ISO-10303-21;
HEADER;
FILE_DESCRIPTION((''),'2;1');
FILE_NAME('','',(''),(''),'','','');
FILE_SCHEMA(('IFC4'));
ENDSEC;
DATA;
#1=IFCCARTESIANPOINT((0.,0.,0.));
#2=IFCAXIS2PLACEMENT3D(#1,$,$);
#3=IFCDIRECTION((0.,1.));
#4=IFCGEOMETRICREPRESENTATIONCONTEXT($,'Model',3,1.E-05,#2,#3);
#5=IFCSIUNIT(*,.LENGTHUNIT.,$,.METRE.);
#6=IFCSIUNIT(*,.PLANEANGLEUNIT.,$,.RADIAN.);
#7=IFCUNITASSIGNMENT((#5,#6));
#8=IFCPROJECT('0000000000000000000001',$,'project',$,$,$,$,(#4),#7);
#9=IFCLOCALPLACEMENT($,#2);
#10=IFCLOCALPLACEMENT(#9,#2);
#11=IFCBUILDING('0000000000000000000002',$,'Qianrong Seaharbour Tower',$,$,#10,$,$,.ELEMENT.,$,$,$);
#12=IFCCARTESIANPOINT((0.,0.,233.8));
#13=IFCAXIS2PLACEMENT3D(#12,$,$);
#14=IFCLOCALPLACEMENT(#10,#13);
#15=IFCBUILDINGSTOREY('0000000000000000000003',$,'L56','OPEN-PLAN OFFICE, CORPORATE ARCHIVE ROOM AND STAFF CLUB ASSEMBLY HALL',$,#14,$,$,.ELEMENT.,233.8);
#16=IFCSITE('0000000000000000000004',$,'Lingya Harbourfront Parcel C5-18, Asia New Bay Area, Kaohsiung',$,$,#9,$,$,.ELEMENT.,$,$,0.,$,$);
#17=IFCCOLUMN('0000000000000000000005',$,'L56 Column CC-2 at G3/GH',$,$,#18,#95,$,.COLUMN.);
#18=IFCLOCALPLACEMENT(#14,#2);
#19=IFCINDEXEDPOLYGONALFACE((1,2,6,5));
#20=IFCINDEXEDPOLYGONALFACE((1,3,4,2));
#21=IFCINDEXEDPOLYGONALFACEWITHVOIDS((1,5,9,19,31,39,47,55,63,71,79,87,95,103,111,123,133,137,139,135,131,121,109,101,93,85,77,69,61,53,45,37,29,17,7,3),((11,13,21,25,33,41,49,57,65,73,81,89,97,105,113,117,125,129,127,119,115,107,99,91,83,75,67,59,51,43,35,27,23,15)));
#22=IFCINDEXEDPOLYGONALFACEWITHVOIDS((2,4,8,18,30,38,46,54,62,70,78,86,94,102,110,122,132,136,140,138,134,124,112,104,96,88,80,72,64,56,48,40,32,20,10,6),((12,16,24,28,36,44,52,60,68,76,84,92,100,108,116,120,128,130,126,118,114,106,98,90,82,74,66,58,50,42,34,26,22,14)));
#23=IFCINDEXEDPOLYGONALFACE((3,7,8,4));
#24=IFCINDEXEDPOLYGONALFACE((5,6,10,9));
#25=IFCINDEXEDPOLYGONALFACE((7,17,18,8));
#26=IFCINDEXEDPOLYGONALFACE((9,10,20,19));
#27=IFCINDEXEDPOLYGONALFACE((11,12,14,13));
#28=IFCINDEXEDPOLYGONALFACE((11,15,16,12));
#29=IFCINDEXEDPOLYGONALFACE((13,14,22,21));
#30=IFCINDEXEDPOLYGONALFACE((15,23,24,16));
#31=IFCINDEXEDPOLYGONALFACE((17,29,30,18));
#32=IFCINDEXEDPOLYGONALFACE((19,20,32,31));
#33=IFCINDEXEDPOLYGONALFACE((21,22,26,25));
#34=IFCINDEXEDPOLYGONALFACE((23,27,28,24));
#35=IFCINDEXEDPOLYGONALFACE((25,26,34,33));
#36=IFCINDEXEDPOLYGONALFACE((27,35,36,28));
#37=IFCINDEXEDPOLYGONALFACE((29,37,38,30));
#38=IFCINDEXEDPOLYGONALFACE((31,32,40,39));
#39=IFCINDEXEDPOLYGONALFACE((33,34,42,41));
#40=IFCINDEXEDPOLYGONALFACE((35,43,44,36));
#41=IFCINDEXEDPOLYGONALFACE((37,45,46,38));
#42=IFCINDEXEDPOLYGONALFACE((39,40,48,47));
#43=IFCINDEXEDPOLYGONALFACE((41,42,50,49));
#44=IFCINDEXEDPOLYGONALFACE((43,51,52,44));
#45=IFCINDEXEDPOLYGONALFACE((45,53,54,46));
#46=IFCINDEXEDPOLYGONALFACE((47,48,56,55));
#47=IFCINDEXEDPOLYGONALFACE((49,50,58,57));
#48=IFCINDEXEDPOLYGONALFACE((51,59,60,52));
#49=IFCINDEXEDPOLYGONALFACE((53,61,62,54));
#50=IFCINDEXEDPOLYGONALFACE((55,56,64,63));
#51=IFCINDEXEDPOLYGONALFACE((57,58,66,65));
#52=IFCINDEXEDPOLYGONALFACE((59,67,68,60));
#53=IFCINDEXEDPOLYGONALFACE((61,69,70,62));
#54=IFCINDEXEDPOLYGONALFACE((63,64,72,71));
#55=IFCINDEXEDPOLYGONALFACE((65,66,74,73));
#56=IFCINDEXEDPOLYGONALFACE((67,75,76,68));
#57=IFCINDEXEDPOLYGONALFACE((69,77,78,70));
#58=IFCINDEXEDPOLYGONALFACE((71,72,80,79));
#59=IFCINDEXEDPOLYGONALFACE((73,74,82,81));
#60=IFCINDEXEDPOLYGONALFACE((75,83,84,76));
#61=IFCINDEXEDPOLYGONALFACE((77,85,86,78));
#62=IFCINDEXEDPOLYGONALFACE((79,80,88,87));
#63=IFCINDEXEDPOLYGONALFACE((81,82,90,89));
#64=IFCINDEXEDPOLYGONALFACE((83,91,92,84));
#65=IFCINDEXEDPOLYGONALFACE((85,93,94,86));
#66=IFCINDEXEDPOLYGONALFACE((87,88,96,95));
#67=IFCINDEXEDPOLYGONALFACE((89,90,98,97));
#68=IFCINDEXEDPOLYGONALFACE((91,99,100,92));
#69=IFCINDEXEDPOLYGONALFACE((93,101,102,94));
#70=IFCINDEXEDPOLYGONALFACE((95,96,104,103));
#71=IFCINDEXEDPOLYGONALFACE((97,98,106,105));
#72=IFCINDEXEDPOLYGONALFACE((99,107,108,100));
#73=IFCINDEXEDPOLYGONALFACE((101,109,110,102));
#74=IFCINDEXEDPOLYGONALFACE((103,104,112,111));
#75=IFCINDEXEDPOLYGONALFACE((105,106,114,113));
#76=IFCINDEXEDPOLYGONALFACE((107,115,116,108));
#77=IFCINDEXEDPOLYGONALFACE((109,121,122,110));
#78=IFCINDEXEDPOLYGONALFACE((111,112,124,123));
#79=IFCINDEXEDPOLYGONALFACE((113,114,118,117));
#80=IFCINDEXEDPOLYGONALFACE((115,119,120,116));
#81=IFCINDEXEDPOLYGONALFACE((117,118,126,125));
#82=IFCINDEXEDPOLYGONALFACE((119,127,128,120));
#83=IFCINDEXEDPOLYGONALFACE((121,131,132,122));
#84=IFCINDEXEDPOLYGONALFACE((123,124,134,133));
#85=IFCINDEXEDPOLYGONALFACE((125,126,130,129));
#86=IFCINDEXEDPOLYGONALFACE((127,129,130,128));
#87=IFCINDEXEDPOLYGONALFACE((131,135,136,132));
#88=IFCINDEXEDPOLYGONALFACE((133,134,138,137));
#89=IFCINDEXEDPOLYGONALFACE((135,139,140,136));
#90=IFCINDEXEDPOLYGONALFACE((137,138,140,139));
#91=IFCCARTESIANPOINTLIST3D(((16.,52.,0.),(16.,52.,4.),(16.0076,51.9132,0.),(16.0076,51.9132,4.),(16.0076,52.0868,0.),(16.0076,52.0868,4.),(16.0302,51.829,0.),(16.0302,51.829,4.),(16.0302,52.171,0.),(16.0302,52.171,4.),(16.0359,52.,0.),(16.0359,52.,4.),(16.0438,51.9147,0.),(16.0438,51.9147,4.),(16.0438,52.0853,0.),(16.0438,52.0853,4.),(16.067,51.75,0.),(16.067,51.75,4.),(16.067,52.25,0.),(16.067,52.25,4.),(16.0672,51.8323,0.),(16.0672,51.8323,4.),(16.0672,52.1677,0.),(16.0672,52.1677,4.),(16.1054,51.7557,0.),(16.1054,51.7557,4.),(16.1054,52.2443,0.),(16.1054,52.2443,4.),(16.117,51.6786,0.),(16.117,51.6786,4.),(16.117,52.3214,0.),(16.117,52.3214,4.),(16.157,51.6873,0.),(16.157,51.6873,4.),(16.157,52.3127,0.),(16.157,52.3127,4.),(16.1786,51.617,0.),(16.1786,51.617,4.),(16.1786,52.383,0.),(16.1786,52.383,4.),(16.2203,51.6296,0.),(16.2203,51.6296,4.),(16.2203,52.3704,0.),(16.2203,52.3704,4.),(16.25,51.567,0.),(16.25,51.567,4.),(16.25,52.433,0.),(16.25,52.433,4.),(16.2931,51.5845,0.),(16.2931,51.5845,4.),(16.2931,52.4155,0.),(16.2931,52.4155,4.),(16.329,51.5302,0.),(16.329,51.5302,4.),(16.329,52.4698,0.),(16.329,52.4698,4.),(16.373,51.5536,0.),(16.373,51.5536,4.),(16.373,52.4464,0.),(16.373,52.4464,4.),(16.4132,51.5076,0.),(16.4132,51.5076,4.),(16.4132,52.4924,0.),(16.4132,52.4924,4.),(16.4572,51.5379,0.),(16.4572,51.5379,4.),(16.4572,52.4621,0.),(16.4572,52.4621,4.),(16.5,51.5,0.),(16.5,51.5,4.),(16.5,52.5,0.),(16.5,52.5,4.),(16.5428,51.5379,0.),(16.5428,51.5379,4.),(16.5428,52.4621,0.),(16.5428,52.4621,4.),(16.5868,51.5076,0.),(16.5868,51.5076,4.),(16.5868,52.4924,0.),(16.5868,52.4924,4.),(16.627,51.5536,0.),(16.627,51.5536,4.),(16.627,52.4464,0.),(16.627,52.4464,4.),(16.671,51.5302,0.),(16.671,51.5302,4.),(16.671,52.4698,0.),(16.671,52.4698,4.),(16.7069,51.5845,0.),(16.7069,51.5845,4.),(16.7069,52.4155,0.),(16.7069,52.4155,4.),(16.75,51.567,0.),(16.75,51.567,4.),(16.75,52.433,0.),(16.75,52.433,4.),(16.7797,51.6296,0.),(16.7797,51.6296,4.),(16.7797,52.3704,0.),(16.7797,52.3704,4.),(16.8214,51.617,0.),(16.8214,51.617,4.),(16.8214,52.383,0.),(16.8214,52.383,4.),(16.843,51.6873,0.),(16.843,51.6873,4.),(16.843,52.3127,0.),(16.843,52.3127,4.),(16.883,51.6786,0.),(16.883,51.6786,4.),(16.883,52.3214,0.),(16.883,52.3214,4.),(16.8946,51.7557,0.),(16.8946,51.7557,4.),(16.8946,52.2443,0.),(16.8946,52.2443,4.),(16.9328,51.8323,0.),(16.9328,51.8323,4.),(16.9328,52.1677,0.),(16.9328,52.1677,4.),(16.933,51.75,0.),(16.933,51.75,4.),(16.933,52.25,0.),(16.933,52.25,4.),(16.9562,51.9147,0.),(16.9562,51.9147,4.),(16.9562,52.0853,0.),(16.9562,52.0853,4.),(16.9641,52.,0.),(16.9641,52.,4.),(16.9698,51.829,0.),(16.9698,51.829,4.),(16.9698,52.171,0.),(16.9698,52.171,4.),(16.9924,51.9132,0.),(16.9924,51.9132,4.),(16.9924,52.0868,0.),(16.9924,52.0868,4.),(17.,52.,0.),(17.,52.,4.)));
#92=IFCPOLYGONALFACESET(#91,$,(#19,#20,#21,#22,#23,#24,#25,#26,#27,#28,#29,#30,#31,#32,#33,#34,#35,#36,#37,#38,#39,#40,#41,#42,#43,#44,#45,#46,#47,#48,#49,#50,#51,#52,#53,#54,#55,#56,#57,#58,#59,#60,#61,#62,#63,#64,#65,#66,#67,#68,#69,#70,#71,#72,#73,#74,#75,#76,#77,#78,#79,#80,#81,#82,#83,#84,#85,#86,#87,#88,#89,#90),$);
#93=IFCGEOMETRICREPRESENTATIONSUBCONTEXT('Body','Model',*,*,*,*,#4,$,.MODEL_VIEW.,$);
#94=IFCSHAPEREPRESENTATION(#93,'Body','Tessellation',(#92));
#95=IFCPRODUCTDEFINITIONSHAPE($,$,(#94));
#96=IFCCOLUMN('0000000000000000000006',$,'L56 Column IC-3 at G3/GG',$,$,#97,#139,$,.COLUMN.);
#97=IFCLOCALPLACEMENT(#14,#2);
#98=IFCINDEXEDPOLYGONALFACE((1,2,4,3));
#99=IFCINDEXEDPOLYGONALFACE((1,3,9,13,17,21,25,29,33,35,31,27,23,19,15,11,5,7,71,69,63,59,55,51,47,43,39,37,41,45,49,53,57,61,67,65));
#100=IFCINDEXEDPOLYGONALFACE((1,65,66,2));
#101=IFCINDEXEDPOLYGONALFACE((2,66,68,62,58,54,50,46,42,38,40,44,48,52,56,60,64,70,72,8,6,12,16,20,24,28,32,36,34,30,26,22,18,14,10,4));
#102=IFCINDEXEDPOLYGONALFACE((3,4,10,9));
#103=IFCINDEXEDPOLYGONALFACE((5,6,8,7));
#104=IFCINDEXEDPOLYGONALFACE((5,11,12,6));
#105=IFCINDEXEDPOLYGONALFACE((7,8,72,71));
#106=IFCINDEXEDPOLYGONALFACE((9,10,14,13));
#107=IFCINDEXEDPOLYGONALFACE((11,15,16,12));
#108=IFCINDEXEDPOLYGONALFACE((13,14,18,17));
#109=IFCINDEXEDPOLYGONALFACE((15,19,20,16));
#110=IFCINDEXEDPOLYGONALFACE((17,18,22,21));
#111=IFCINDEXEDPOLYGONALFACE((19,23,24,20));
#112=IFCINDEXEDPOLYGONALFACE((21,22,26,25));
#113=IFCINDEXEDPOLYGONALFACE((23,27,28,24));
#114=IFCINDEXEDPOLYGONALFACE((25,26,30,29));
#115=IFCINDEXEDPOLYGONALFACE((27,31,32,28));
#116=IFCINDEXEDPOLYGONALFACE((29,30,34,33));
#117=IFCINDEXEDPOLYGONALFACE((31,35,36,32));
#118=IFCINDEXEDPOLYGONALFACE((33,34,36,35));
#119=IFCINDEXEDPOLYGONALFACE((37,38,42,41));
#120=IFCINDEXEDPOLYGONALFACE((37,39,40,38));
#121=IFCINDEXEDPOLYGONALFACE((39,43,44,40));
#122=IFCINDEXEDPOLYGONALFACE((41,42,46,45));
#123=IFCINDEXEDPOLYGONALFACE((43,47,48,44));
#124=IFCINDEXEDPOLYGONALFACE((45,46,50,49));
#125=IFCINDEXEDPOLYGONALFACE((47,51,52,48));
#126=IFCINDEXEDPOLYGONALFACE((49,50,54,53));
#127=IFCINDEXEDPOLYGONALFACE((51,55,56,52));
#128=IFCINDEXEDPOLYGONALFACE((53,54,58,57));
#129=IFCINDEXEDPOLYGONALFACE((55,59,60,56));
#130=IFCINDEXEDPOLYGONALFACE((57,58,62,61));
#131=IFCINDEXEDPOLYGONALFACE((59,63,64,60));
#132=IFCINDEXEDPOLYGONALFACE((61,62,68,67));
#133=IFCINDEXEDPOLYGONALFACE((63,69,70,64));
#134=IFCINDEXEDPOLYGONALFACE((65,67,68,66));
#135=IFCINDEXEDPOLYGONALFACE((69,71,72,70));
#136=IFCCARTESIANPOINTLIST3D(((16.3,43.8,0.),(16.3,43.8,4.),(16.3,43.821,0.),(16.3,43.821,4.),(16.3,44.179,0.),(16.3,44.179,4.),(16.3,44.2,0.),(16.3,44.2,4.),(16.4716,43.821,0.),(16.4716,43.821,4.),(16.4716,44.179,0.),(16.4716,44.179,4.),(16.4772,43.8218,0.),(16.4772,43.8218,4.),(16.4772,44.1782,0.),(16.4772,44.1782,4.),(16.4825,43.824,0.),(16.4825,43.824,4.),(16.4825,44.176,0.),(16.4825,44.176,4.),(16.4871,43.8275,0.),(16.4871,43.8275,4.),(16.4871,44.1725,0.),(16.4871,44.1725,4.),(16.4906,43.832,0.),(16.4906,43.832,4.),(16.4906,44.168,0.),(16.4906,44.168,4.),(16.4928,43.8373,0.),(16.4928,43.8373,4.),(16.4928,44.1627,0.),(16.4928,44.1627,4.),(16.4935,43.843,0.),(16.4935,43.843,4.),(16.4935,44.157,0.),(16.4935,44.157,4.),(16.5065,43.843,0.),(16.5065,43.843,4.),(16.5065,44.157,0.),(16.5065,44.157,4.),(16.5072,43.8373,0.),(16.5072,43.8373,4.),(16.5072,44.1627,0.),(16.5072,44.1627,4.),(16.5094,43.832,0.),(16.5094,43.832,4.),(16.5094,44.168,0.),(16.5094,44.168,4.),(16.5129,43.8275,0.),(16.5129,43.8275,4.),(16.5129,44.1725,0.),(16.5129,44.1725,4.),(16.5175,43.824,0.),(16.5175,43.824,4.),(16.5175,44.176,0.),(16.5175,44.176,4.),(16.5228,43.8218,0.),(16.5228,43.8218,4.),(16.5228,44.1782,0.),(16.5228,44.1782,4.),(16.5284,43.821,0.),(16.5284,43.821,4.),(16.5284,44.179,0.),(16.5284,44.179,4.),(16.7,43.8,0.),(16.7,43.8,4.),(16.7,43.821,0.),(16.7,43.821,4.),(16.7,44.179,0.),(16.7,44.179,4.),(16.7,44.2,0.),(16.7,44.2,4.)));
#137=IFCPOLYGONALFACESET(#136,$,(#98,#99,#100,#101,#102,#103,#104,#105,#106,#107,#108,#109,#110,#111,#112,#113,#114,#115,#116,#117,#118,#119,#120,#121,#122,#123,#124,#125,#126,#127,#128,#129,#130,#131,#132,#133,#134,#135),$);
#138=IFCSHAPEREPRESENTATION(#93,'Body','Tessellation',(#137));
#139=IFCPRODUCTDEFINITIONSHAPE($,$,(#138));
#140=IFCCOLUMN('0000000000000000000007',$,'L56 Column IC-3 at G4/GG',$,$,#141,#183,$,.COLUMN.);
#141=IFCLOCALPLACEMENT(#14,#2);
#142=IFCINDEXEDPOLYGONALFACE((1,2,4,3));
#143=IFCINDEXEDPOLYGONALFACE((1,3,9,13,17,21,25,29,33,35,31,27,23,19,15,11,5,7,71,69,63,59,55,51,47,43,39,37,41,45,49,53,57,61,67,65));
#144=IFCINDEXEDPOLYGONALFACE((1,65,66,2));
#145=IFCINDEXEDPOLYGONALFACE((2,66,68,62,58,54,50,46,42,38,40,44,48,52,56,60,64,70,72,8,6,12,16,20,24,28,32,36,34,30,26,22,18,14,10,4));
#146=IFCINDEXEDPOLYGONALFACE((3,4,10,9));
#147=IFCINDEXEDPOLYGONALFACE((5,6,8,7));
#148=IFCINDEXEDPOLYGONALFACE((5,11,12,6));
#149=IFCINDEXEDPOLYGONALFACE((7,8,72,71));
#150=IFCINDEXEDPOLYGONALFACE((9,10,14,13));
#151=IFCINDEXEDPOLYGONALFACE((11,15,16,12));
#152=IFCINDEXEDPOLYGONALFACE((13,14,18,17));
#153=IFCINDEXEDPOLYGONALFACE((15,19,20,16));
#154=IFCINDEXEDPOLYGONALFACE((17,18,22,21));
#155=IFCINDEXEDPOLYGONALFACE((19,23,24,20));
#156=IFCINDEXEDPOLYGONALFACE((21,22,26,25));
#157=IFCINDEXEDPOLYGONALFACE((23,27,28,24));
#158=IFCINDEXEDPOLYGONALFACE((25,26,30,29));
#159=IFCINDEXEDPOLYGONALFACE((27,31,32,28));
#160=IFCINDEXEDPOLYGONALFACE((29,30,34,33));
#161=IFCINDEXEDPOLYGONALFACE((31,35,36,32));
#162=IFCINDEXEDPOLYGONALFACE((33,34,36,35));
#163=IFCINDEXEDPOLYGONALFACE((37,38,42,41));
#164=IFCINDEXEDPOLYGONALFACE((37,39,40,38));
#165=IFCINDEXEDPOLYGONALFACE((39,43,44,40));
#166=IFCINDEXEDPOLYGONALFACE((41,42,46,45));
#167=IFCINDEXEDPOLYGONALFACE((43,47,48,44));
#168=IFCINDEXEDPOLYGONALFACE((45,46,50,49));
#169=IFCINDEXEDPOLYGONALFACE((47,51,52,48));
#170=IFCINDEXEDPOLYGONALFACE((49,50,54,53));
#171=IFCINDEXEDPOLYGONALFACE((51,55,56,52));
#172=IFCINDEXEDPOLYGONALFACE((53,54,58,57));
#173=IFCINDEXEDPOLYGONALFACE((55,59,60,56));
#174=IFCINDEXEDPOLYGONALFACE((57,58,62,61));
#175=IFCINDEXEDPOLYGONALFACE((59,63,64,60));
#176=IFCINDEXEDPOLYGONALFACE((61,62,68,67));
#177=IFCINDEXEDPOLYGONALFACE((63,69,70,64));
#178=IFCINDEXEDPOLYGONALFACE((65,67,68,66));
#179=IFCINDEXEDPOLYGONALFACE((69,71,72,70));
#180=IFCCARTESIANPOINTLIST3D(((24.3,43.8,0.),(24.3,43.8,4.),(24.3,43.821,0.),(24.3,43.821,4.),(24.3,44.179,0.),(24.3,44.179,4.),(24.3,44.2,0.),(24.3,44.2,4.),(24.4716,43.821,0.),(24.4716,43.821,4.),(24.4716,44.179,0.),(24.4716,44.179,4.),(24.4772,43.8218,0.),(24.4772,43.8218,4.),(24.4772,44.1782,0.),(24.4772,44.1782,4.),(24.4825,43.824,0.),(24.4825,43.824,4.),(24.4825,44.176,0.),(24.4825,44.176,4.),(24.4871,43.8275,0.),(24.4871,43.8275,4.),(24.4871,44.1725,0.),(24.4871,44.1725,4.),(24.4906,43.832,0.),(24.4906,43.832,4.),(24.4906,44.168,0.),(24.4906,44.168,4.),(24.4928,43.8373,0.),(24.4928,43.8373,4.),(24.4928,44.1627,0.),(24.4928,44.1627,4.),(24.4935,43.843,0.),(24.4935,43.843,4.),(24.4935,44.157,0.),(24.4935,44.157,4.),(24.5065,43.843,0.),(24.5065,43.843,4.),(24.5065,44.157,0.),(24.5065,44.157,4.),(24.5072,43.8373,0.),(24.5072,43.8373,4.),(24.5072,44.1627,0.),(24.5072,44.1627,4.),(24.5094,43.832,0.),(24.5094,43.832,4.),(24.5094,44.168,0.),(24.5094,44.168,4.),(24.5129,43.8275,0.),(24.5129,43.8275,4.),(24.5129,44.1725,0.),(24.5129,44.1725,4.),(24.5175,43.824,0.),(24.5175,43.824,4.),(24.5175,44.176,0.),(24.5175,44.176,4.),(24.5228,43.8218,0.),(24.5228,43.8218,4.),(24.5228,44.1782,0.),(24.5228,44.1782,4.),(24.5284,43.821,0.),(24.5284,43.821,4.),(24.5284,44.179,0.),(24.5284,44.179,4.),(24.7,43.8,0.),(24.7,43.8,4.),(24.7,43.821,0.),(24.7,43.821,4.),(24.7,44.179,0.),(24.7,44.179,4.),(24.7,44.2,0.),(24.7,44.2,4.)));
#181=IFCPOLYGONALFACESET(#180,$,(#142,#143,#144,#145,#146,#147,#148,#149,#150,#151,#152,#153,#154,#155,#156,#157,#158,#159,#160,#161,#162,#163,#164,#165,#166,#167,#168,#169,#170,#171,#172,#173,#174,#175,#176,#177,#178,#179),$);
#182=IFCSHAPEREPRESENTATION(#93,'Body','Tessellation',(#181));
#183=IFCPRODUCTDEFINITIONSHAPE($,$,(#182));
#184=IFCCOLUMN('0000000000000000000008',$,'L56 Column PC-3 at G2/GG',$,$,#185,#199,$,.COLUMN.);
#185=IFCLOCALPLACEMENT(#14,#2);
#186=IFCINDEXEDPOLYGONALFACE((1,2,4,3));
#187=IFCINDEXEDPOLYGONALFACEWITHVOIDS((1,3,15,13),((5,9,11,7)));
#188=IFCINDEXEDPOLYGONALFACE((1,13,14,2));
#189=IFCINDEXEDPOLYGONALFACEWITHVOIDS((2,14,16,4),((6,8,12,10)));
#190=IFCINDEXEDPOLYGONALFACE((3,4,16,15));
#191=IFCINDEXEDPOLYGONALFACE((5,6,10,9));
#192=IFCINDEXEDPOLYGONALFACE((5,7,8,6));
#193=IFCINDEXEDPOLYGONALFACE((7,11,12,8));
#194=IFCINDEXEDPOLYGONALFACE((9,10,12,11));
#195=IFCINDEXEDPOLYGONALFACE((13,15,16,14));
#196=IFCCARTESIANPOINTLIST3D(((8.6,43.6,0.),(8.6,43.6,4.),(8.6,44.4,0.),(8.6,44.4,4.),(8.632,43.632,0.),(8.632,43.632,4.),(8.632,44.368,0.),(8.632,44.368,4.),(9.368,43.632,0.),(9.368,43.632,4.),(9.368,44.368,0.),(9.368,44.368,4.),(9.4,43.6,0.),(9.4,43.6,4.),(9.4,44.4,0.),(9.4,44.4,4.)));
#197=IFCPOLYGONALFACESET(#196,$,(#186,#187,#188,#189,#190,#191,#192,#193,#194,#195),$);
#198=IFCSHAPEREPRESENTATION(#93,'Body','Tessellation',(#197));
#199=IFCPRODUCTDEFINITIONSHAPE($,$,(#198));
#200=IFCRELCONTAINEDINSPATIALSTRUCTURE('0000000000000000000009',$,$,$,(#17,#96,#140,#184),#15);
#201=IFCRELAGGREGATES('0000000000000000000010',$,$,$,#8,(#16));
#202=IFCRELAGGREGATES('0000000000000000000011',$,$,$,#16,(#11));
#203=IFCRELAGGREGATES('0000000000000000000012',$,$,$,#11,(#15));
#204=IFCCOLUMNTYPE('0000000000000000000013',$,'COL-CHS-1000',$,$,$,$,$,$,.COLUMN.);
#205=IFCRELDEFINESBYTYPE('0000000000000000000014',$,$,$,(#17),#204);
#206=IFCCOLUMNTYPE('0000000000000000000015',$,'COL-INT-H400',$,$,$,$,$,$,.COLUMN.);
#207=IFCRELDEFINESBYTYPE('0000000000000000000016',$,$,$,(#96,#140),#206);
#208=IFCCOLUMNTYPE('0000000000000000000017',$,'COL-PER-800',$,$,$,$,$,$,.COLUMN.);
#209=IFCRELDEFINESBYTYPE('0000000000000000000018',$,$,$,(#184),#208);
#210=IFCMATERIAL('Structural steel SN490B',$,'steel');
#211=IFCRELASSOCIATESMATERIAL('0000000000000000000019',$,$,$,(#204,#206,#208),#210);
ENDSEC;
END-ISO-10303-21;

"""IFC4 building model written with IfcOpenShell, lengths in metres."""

from ifc_helpers import new_model, si_unit, direction, frame, origin, origin_2d, place, context, subcontext, project, spatial, hollow_rectangle, hollow_circle, i_section, extrude, material, material_profile, profile_set, type_object, element, save


model = new_model("IFC4")

# Units and contexts
model_context = context("Model", 3, precision=1e-05, world=origin(), true_north=direction((0.0, 1.0)))
body_context = subcontext(model_context, "Body", "Model", "MODEL_VIEW")
ifc_project = project(units=[si_unit("LENGTHUNIT", "METRE"), si_unit("PLANEANGLEUNIT", "RADIAN")], contexts=[model_context])

# Site, building, storey
site_placement = place(None, origin())
site = spatial("IfcSite", under=ifc_project, at=site_placement, Name="Lingya Harbourfront Parcel C5-18, Asia New Bay Area, Kaohsiung", CompositionType="ELEMENT", RefElevation=0.0)
building_placement = place(site_placement, origin())
building = spatial("IfcBuilding", under=site, at=building_placement, Name="Qianrong Seaharbour Tower", CompositionType="ELEMENT")
storey_placement = place(building_placement, frame((0.0, 0.0, 233.8)))
storey = spatial("IfcBuildingStorey", under=building, at=storey_placement, Name="L56", Description="OPEN-PLAN OFFICE, CORPORATE ARCHIVE ROOM AND STAFF CLUB ASSEMBLY HALL", CompositionType="ELEMENT", Elevation=233.8)

# Columns
ifc_material_1 = material(Name="Structural steel SN490B", Category="steel")
ifc_material_profile_1 = material_profile(ifc_material_1, hollow_circle(Radius=0.5, WallThickness=0.0359, at=origin_2d()), Name="CHS1000x36")
ifc_profile_set_1 = profile_set([ifc_material_profile_1], Name="Structural steel SN490B")
column_type_1 = type_object("IfcColumnType", Name="COL-CHS-1000", PredefinedType="COLUMN", material=ifc_profile_set_1)
column_placement = place(storey_placement, frame((16.5, 52.0, 0.0), z_axis=(0.0, 0.0, 1.0), x_axis=(1.0, 0.0, 0.0)))
element("IfcColumn", 1, at=column_placement, inside=storey, type_object=column_type_1, Name="L56 Column CC-2 at G3/GH", PredefinedType="COLUMN", context=body_context, shape_type="SweptSolid", body=[
    extrude(hollow_circle(Radius=0.5, WallThickness=0.0359, at=origin_2d()), origin(), (0.0, 0.0, 1.0), 4.0),
])
ifc_material_profile_2 = material_profile(ifc_material_1, i_section(OverallWidth=0.3999, OverallDepth=0.3999, WebThickness=0.0129, FlangeThickness=0.021, FilletRadius=0.022, at=origin_2d()), Name="H400x400x13x21")
ifc_profile_set_2 = profile_set([ifc_material_profile_2], Name="Structural steel SN490B")
column_type_2 = type_object("IfcColumnType", Name="COL-INT-H400", PredefinedType="COLUMN", material=ifc_profile_set_2)
for number, where, z_axis, x_axis, name in (
    (2, (16.5, 44.0, 0.0), (0.0, 0.0, 1.0), (1.0, 0.0, 0.0), "L56 Column IC-3 at G3/GG"),
    (3, (24.5, 44.0, 0.0), (0.0, 0.0, 1.0), (1.0, 0.0, 0.0), "L56 Column IC-3 at G4/GG"),
):
    element("IfcColumn", number, at=place(storey_placement, frame(where, z_axis=z_axis, x_axis=x_axis)), inside=storey, type_object=column_type_2, Name=name, PredefinedType="COLUMN", context=body_context, shape_type="SweptSolid", body=[
        extrude(i_section(OverallWidth=0.3999, OverallDepth=0.3999, WebThickness=0.0129, FlangeThickness=0.021, FilletRadius=0.022, at=origin_2d()), origin(), (0.0, 0.0, 1.0), 4.0),
    ])
ifc_material_profile_3 = material_profile(ifc_material_1, hollow_rectangle(XDim=0.8, YDim=0.8, WallThickness=0.032, at=origin_2d()), Name="BOX800x800x32")
ifc_profile_set_3 = profile_set([ifc_material_profile_3], Name="Structural steel SN490B")
column_type_3 = type_object("IfcColumnType", Name="COL-PER-800", PredefinedType="COLUMN", material=ifc_profile_set_3)
for number, where, z_axis, x_axis, name in (
    (4, (9.0, 44.0, 0.0), (0.0, 0.0, 1.0), (1.0, 0.0, 0.0), "L56 Column PC-3 at G2/GG"),
):
    element("IfcColumn", number, at=place(storey_placement, frame(where, z_axis=z_axis, x_axis=x_axis)), inside=storey, type_object=column_type_3, Name=name, PredefinedType="COLUMN", context=body_context, shape_type="SweptSolid", body=[
        extrude(hollow_rectangle(XDim=0.8, YDim=0.8, WallThickness=0.032, at=origin_2d()), origin(), (0.0, 0.0, 1.0), 4.0),
    ])

save(model, "model.ifc")
